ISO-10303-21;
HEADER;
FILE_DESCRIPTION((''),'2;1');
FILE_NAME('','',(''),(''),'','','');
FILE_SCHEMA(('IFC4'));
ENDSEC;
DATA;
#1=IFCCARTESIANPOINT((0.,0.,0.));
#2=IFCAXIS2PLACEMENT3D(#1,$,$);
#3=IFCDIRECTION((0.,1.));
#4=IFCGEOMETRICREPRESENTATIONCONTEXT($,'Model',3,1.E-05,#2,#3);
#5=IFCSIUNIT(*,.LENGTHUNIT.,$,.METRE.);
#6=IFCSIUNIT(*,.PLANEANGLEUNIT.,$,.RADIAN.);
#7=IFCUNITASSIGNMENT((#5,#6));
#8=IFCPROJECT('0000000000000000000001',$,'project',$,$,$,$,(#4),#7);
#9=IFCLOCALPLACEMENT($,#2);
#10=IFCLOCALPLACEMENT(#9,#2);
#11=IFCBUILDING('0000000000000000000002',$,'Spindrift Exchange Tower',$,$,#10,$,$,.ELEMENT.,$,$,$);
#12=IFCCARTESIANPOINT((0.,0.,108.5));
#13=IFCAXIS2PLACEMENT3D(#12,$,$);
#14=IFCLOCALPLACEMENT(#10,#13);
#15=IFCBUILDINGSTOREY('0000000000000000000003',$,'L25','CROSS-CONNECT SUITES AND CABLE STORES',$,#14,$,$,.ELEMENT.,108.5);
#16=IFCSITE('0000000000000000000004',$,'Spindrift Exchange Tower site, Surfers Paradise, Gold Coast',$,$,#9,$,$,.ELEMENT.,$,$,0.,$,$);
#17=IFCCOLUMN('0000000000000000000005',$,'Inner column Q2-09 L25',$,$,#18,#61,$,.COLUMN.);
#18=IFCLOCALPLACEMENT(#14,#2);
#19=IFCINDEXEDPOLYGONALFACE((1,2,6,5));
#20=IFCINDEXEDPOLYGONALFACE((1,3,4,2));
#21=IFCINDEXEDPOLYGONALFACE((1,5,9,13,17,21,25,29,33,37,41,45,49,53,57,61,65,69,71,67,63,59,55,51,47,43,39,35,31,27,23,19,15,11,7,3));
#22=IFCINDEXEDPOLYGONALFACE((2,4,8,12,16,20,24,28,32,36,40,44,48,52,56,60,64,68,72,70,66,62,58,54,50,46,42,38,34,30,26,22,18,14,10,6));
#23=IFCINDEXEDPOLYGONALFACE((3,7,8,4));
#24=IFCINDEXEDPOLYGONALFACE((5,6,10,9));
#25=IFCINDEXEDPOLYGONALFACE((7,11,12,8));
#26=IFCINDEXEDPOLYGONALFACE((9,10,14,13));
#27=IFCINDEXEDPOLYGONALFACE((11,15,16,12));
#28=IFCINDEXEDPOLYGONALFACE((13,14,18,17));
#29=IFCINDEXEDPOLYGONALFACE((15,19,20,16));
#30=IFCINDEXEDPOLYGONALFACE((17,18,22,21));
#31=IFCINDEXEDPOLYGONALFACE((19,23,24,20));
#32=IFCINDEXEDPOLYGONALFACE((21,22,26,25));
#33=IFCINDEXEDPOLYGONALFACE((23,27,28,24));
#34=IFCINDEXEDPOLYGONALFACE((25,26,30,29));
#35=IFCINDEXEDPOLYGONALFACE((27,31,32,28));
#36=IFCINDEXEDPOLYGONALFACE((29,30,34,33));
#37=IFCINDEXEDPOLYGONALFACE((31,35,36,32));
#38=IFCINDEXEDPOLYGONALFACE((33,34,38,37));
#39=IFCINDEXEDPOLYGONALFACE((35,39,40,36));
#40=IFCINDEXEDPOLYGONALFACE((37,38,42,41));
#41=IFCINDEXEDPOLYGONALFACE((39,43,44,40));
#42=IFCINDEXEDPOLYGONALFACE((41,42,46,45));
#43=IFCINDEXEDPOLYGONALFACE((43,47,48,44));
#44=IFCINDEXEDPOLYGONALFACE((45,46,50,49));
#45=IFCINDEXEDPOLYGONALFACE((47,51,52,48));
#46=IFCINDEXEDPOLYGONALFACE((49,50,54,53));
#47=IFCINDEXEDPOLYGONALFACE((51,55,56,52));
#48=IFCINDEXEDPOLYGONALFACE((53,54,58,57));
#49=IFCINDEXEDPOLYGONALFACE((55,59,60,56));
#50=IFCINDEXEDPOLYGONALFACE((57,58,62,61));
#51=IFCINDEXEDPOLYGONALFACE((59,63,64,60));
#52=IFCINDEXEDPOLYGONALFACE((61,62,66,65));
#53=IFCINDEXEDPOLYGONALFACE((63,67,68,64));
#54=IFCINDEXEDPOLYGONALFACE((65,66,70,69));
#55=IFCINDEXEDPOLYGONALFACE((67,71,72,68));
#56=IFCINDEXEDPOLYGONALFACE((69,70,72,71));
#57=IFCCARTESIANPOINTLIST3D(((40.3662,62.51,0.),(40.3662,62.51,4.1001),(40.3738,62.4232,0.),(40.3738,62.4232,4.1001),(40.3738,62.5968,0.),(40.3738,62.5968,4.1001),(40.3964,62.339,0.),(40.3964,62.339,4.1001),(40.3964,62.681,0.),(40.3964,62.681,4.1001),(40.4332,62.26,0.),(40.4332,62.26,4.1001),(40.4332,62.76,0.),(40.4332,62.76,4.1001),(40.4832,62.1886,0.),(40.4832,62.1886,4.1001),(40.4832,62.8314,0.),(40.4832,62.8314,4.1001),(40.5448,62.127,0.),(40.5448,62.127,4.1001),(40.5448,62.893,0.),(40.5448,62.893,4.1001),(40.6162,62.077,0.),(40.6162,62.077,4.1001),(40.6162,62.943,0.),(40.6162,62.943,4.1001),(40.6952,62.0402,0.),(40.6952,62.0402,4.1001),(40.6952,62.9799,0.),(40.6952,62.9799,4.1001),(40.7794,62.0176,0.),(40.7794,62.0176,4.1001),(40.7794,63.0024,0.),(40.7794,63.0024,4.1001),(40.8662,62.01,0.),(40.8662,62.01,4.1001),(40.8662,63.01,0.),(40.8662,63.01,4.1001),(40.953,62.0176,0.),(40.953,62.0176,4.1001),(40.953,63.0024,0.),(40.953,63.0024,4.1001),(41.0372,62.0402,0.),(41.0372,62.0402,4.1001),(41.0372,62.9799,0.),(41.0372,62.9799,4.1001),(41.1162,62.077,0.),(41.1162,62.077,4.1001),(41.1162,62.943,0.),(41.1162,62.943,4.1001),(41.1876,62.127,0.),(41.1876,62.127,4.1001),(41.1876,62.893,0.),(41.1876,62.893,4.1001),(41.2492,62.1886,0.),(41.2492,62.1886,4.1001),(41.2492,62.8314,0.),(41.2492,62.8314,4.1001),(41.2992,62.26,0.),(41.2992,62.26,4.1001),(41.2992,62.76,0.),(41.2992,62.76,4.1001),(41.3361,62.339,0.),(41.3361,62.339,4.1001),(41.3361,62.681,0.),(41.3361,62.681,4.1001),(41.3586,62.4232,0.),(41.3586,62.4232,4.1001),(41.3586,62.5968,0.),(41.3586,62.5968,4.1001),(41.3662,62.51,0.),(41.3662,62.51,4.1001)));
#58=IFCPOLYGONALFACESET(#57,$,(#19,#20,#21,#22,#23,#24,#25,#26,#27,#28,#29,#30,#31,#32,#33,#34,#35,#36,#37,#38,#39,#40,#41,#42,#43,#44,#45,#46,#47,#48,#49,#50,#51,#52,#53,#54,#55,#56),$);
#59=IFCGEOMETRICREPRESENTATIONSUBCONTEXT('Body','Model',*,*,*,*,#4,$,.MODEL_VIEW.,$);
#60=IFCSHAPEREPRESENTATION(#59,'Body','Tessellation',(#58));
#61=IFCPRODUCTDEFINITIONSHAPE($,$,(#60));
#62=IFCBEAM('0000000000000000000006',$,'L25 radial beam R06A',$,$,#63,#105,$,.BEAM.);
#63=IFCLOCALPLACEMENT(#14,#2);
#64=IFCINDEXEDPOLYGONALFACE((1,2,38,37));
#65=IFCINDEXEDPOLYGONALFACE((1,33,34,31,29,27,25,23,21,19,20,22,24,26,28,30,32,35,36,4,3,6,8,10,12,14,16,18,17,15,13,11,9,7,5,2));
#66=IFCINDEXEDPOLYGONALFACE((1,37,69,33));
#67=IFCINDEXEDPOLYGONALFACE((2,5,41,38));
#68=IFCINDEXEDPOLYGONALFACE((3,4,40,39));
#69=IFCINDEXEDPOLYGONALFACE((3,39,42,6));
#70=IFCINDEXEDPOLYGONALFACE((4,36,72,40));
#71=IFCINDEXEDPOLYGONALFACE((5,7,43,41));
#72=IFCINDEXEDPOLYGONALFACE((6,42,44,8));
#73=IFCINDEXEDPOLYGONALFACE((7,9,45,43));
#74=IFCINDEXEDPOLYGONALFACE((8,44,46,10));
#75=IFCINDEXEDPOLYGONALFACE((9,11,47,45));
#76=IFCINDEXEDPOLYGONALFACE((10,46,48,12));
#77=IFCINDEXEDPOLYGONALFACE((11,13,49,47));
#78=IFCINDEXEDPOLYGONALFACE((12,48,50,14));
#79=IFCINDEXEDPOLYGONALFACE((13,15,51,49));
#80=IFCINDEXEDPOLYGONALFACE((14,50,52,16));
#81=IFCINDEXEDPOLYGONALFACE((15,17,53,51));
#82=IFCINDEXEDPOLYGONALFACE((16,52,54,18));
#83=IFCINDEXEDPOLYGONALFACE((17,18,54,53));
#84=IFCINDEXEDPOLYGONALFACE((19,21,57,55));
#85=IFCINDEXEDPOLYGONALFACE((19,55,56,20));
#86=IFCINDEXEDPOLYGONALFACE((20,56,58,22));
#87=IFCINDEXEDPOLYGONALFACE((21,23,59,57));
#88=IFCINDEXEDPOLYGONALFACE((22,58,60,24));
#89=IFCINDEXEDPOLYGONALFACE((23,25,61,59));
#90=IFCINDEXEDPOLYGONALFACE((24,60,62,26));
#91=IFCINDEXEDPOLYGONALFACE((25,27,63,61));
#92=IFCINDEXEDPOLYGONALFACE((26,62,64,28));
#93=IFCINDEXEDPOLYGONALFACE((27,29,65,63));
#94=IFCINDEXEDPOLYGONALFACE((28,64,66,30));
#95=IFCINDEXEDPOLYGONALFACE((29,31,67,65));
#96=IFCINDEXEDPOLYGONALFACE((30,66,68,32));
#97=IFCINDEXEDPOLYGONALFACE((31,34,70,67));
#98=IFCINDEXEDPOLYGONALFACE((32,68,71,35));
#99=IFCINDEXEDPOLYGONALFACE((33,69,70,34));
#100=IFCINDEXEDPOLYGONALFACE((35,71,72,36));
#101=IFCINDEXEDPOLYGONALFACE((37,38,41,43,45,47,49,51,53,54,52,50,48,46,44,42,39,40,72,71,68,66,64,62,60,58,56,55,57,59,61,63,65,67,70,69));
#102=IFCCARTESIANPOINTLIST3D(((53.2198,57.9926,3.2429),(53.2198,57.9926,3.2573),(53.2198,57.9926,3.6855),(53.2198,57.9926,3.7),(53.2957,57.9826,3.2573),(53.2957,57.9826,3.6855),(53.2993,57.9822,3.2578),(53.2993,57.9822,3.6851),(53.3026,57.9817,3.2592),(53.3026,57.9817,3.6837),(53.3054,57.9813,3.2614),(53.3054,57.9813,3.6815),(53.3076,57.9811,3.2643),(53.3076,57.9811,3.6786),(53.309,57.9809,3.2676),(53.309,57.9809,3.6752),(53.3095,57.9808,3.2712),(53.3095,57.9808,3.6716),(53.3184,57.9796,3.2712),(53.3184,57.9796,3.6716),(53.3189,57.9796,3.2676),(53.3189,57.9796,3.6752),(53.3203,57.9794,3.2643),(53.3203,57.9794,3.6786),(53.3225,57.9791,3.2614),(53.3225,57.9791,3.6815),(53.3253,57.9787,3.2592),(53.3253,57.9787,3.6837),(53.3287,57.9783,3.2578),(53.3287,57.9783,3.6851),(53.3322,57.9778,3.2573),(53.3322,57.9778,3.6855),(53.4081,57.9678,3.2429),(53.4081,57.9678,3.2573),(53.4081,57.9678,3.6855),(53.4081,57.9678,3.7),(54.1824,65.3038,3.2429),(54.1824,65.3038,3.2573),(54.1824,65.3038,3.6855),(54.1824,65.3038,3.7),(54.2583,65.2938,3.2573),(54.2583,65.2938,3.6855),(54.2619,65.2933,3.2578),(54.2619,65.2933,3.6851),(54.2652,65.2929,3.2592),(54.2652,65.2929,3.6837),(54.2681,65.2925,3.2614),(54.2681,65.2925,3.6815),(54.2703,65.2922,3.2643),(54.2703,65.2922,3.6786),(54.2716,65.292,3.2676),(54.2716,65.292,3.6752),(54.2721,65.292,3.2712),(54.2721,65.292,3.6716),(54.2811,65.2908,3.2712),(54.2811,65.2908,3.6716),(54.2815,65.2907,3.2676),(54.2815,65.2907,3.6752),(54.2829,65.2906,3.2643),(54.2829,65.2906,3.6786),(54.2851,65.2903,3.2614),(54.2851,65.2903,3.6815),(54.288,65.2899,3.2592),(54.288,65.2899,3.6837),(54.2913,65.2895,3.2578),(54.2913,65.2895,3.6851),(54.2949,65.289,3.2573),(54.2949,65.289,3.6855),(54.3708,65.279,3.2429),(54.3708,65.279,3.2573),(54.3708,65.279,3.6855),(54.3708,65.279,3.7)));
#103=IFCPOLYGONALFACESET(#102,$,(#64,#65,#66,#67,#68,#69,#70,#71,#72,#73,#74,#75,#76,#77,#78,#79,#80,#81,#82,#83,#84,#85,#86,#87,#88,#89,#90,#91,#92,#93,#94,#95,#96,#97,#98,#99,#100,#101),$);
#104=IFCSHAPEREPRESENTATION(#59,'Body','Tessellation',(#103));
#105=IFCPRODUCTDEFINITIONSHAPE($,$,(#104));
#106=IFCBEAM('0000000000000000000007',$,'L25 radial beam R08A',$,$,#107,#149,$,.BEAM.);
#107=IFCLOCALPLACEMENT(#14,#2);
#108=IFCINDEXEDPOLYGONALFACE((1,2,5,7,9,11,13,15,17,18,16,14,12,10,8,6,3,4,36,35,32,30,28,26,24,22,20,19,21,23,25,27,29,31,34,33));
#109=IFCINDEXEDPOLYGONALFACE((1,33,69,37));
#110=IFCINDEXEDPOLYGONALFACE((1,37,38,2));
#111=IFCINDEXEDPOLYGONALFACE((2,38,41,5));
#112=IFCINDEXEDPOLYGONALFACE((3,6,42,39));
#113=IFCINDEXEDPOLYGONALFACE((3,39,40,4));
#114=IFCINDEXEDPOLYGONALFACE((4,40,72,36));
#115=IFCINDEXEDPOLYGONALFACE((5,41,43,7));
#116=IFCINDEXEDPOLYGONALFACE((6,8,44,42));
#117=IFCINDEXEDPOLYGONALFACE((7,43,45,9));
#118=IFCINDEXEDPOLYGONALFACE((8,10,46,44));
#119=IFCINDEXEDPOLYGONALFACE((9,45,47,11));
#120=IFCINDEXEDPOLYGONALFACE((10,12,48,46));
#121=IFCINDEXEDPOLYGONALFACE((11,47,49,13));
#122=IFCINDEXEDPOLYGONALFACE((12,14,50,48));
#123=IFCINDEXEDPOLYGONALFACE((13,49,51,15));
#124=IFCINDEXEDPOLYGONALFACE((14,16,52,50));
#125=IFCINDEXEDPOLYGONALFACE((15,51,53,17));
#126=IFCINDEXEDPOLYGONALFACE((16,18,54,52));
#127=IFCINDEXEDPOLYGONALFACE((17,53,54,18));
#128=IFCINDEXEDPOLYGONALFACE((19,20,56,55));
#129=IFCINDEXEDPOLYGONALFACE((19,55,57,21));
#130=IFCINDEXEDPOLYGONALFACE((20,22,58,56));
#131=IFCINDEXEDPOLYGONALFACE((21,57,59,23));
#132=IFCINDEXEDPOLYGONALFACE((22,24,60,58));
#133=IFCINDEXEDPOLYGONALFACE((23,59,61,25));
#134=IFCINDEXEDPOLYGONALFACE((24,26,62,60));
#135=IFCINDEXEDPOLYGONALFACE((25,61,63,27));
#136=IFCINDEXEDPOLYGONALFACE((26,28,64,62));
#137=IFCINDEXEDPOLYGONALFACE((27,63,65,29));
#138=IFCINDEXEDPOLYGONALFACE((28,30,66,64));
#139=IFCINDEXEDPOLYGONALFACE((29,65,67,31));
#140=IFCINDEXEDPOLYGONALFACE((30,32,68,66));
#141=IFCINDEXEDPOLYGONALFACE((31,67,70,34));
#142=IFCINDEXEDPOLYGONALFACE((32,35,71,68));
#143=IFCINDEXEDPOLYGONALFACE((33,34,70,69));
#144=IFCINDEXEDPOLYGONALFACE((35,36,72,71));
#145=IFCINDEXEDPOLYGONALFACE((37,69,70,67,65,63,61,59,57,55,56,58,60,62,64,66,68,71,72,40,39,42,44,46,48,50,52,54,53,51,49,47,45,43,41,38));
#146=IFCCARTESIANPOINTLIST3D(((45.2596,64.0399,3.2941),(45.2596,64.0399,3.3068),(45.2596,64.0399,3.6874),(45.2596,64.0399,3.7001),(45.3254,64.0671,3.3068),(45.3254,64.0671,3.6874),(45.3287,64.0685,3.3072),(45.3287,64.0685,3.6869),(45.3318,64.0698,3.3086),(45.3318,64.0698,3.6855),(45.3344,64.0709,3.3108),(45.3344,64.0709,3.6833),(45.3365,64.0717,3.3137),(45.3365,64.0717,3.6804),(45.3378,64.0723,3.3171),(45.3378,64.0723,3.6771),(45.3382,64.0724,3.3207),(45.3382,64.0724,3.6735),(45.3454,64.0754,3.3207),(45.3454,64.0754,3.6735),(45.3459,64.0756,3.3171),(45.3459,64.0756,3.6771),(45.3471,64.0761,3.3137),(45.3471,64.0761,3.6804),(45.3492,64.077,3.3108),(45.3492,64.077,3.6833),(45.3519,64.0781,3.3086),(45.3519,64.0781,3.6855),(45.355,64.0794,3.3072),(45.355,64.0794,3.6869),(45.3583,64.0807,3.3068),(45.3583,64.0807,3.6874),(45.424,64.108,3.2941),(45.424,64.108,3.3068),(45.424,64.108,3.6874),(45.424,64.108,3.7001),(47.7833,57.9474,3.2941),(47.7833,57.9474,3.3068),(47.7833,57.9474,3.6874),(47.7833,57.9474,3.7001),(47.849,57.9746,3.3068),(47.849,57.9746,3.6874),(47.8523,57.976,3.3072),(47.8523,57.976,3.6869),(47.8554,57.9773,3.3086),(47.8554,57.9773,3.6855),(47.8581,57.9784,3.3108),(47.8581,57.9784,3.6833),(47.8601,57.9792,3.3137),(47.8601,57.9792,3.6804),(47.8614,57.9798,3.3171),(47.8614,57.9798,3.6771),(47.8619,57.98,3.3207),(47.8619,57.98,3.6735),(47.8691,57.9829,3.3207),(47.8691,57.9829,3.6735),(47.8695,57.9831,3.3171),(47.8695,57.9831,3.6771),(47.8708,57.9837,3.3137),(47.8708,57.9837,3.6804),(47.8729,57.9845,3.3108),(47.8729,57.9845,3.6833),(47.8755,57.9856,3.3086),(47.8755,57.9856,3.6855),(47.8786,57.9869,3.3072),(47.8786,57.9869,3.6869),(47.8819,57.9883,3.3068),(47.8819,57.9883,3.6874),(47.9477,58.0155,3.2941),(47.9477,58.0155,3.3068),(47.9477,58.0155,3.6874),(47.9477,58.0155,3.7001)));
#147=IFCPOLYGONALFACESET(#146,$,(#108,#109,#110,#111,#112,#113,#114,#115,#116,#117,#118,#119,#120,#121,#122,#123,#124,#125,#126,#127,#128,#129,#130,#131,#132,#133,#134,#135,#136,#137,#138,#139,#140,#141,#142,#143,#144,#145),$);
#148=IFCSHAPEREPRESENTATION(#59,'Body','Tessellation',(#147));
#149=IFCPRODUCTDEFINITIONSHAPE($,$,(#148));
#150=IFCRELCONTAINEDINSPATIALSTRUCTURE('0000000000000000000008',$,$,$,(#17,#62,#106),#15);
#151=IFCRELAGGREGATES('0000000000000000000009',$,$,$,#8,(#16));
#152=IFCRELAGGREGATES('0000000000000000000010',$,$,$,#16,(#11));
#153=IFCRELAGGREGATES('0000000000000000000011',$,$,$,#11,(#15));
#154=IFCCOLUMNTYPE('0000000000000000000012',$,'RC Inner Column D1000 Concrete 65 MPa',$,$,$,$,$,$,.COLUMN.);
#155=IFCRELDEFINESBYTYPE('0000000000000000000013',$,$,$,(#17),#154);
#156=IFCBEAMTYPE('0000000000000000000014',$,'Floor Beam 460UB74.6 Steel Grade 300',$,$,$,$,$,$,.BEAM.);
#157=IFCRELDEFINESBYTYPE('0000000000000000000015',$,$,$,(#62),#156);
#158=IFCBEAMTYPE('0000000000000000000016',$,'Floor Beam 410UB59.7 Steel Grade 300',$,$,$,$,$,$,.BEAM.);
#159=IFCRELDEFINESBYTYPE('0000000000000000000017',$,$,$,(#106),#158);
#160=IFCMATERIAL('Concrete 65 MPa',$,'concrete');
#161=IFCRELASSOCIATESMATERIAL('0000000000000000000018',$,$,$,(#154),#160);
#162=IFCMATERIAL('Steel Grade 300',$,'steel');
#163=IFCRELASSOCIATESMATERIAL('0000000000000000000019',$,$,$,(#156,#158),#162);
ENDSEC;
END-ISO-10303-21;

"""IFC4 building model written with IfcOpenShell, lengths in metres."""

from ifc_helpers import new_model, si_unit, direction, frame, origin, origin_2d, place, context, subcontext, project, spatial, circle, i_section, extrude, source, transform, mapped, material, material_profile, profile_set, type_object, element, save


model = new_model("IFC4")

# Units and contexts
model_context = context("Model", 3, precision=1e-05, world=origin(), true_north=direction((0.0, 1.0)))
body_context = subcontext(model_context, "Body", "Model", "MODEL_VIEW")
ifc_project = project(units=[si_unit("LENGTHUNIT", "METRE"), si_unit("PLANEANGLEUNIT", "RADIAN")], contexts=[model_context])

# Site, building, storey
site_placement = place(None, origin())
site = spatial("IfcSite", under=ifc_project, at=site_placement, Name="Spindrift Exchange Tower site, Surfers Paradise, Gold Coast", CompositionType="ELEMENT", RefElevation=0.0)
building_placement = place(site_placement, origin())
building = spatial("IfcBuilding", under=site, at=building_placement, Name="Spindrift Exchange Tower", CompositionType="ELEMENT")
storey_placement = place(building_placement, frame((0.0, 0.0, 108.5)))
storey = spatial("IfcBuildingStorey", under=building, at=storey_placement, Name="L25", Description="CROSS-CONNECT SUITES AND CABLE STORES", CompositionType="ELEMENT", Elevation=108.5)

# Column
ifc_material_1 = material(Name="Concrete 65 MPa", Category="concrete")
ifc_material_profile_1 = material_profile(ifc_material_1, circle(Radius=0.5, at=origin_2d()), Name="RC D1000")
ifc_profile_set_1 = profile_set([ifc_material_profile_1], Name="Concrete 65 MPa")
column_type_1 = type_object("IfcColumnType", Name="RC Inner Column D1000 Concrete 65 MPa", PredefinedType="COLUMN", material=ifc_profile_set_1)
shared_shape_1 = source(origin(), body_context, "Body", "SweptSolid", [
    extrude(circle(Radius=0.5, at=origin_2d()), origin(), (0.0, 0.0, 1.0), 4.1001),
])
for number, where, z_axis, x_axis, name in (
    (1, (40.8662, 62.51, 0.0), (0.0, 0.0, 1.0), (1.0, 0.0, 0.0), "Inner column Q2-09 L25"),
):
    element("IfcColumn", number, at=place(storey_placement, frame(where, z_axis=z_axis, x_axis=x_axis)), inside=storey, type_object=column_type_1, Name=name, PredefinedType="COLUMN", context=body_context, shape_type="MappedRepresentation", body=[
        mapped(shared_shape_1, transform((0.0, 0.0, 0.0), scale=1.0)),
    ])

# Beams
ifc_material_2 = material(Name="Steel Grade 300", Category="steel")
ifc_material_profile_2 = material_profile(ifc_material_2, i_section(OverallWidth=0.1899, OverallDepth=0.457, WebThickness=0.009, FlangeThickness=0.0144, FilletRadius=0.0139, at=origin_2d()), Name="460UB74.6")
ifc_profile_set_2 = profile_set([ifc_material_profile_2], Name="Steel Grade 300")
beam_type_1 = type_object("IfcBeamType", Name="Floor Beam 460UB74.6 Steel Grade 300", PredefinedType="BEAM", material=ifc_profile_set_2)
shared_shape_2 = source(origin(), body_context, "Body", "SweptSolid", [
    extrude(i_section(OverallWidth=0.1899, OverallDepth=0.457, WebThickness=0.009, FlangeThickness=0.0144, FilletRadius=0.0139, at=origin_2d()), origin(), (0.0, 0.0, 1.0), 7.3743),
])
beam_1_placement = place(storey_placement, frame((53.314, 57.9802, 3.4714), z_axis=(0.130539, 0.991443, 0.0), x_axis=(-0.991443, 0.130539, 0.0)))
element("IfcBeam", 2, at=beam_1_placement, inside=storey, type_object=beam_type_1, Name="L25 radial beam R06A", PredefinedType="BEAM", context=body_context, shape_type="MappedRepresentation", body=[
    mapped(shared_shape_2, transform((0.0, 0.0, 0.0), scale=1.0)),
])
ifc_material_profile_3 = material_profile(ifc_material_2, i_section(OverallWidth=0.178, OverallDepth=0.406, WebThickness=0.0078, FlangeThickness=0.0127, FilletRadius=0.0139, at=origin_2d()), Name="410UB59.7")
ifc_profile_set_3 = profile_set([ifc_material_profile_3], Name="Steel Grade 300")
beam_type_2 = type_object("IfcBeamType", Name="Floor Beam 410UB59.7 Steel Grade 300", PredefinedType="BEAM", material=ifc_profile_set_3)
shared_shape_3 = source(origin(), body_context, "Body", "SweptSolid", [
    extrude(i_section(OverallWidth=0.178, OverallDepth=0.406, WebThickness=0.0078, FlangeThickness=0.0127, FilletRadius=0.0139, at=origin_2d()), origin(), (0.0, 0.0, 1.0), 6.5945),
])
beam_2_placement = place(storey_placement, frame((47.8655, 57.9814, 3.4971), z_axis=(-0.382693, 0.923876, 0.0), x_axis=(-0.923876, -0.382693, 0.0)))
element("IfcBeam", 3, at=beam_2_placement, inside=storey, type_object=beam_type_2, Name="L25 radial beam R08A", PredefinedType="BEAM", context=body_context, shape_type="MappedRepresentation", body=[
    mapped(shared_shape_3, transform((0.0, 0.0, 0.0), scale=1.0)),
])

save(model, "model.ifc")
